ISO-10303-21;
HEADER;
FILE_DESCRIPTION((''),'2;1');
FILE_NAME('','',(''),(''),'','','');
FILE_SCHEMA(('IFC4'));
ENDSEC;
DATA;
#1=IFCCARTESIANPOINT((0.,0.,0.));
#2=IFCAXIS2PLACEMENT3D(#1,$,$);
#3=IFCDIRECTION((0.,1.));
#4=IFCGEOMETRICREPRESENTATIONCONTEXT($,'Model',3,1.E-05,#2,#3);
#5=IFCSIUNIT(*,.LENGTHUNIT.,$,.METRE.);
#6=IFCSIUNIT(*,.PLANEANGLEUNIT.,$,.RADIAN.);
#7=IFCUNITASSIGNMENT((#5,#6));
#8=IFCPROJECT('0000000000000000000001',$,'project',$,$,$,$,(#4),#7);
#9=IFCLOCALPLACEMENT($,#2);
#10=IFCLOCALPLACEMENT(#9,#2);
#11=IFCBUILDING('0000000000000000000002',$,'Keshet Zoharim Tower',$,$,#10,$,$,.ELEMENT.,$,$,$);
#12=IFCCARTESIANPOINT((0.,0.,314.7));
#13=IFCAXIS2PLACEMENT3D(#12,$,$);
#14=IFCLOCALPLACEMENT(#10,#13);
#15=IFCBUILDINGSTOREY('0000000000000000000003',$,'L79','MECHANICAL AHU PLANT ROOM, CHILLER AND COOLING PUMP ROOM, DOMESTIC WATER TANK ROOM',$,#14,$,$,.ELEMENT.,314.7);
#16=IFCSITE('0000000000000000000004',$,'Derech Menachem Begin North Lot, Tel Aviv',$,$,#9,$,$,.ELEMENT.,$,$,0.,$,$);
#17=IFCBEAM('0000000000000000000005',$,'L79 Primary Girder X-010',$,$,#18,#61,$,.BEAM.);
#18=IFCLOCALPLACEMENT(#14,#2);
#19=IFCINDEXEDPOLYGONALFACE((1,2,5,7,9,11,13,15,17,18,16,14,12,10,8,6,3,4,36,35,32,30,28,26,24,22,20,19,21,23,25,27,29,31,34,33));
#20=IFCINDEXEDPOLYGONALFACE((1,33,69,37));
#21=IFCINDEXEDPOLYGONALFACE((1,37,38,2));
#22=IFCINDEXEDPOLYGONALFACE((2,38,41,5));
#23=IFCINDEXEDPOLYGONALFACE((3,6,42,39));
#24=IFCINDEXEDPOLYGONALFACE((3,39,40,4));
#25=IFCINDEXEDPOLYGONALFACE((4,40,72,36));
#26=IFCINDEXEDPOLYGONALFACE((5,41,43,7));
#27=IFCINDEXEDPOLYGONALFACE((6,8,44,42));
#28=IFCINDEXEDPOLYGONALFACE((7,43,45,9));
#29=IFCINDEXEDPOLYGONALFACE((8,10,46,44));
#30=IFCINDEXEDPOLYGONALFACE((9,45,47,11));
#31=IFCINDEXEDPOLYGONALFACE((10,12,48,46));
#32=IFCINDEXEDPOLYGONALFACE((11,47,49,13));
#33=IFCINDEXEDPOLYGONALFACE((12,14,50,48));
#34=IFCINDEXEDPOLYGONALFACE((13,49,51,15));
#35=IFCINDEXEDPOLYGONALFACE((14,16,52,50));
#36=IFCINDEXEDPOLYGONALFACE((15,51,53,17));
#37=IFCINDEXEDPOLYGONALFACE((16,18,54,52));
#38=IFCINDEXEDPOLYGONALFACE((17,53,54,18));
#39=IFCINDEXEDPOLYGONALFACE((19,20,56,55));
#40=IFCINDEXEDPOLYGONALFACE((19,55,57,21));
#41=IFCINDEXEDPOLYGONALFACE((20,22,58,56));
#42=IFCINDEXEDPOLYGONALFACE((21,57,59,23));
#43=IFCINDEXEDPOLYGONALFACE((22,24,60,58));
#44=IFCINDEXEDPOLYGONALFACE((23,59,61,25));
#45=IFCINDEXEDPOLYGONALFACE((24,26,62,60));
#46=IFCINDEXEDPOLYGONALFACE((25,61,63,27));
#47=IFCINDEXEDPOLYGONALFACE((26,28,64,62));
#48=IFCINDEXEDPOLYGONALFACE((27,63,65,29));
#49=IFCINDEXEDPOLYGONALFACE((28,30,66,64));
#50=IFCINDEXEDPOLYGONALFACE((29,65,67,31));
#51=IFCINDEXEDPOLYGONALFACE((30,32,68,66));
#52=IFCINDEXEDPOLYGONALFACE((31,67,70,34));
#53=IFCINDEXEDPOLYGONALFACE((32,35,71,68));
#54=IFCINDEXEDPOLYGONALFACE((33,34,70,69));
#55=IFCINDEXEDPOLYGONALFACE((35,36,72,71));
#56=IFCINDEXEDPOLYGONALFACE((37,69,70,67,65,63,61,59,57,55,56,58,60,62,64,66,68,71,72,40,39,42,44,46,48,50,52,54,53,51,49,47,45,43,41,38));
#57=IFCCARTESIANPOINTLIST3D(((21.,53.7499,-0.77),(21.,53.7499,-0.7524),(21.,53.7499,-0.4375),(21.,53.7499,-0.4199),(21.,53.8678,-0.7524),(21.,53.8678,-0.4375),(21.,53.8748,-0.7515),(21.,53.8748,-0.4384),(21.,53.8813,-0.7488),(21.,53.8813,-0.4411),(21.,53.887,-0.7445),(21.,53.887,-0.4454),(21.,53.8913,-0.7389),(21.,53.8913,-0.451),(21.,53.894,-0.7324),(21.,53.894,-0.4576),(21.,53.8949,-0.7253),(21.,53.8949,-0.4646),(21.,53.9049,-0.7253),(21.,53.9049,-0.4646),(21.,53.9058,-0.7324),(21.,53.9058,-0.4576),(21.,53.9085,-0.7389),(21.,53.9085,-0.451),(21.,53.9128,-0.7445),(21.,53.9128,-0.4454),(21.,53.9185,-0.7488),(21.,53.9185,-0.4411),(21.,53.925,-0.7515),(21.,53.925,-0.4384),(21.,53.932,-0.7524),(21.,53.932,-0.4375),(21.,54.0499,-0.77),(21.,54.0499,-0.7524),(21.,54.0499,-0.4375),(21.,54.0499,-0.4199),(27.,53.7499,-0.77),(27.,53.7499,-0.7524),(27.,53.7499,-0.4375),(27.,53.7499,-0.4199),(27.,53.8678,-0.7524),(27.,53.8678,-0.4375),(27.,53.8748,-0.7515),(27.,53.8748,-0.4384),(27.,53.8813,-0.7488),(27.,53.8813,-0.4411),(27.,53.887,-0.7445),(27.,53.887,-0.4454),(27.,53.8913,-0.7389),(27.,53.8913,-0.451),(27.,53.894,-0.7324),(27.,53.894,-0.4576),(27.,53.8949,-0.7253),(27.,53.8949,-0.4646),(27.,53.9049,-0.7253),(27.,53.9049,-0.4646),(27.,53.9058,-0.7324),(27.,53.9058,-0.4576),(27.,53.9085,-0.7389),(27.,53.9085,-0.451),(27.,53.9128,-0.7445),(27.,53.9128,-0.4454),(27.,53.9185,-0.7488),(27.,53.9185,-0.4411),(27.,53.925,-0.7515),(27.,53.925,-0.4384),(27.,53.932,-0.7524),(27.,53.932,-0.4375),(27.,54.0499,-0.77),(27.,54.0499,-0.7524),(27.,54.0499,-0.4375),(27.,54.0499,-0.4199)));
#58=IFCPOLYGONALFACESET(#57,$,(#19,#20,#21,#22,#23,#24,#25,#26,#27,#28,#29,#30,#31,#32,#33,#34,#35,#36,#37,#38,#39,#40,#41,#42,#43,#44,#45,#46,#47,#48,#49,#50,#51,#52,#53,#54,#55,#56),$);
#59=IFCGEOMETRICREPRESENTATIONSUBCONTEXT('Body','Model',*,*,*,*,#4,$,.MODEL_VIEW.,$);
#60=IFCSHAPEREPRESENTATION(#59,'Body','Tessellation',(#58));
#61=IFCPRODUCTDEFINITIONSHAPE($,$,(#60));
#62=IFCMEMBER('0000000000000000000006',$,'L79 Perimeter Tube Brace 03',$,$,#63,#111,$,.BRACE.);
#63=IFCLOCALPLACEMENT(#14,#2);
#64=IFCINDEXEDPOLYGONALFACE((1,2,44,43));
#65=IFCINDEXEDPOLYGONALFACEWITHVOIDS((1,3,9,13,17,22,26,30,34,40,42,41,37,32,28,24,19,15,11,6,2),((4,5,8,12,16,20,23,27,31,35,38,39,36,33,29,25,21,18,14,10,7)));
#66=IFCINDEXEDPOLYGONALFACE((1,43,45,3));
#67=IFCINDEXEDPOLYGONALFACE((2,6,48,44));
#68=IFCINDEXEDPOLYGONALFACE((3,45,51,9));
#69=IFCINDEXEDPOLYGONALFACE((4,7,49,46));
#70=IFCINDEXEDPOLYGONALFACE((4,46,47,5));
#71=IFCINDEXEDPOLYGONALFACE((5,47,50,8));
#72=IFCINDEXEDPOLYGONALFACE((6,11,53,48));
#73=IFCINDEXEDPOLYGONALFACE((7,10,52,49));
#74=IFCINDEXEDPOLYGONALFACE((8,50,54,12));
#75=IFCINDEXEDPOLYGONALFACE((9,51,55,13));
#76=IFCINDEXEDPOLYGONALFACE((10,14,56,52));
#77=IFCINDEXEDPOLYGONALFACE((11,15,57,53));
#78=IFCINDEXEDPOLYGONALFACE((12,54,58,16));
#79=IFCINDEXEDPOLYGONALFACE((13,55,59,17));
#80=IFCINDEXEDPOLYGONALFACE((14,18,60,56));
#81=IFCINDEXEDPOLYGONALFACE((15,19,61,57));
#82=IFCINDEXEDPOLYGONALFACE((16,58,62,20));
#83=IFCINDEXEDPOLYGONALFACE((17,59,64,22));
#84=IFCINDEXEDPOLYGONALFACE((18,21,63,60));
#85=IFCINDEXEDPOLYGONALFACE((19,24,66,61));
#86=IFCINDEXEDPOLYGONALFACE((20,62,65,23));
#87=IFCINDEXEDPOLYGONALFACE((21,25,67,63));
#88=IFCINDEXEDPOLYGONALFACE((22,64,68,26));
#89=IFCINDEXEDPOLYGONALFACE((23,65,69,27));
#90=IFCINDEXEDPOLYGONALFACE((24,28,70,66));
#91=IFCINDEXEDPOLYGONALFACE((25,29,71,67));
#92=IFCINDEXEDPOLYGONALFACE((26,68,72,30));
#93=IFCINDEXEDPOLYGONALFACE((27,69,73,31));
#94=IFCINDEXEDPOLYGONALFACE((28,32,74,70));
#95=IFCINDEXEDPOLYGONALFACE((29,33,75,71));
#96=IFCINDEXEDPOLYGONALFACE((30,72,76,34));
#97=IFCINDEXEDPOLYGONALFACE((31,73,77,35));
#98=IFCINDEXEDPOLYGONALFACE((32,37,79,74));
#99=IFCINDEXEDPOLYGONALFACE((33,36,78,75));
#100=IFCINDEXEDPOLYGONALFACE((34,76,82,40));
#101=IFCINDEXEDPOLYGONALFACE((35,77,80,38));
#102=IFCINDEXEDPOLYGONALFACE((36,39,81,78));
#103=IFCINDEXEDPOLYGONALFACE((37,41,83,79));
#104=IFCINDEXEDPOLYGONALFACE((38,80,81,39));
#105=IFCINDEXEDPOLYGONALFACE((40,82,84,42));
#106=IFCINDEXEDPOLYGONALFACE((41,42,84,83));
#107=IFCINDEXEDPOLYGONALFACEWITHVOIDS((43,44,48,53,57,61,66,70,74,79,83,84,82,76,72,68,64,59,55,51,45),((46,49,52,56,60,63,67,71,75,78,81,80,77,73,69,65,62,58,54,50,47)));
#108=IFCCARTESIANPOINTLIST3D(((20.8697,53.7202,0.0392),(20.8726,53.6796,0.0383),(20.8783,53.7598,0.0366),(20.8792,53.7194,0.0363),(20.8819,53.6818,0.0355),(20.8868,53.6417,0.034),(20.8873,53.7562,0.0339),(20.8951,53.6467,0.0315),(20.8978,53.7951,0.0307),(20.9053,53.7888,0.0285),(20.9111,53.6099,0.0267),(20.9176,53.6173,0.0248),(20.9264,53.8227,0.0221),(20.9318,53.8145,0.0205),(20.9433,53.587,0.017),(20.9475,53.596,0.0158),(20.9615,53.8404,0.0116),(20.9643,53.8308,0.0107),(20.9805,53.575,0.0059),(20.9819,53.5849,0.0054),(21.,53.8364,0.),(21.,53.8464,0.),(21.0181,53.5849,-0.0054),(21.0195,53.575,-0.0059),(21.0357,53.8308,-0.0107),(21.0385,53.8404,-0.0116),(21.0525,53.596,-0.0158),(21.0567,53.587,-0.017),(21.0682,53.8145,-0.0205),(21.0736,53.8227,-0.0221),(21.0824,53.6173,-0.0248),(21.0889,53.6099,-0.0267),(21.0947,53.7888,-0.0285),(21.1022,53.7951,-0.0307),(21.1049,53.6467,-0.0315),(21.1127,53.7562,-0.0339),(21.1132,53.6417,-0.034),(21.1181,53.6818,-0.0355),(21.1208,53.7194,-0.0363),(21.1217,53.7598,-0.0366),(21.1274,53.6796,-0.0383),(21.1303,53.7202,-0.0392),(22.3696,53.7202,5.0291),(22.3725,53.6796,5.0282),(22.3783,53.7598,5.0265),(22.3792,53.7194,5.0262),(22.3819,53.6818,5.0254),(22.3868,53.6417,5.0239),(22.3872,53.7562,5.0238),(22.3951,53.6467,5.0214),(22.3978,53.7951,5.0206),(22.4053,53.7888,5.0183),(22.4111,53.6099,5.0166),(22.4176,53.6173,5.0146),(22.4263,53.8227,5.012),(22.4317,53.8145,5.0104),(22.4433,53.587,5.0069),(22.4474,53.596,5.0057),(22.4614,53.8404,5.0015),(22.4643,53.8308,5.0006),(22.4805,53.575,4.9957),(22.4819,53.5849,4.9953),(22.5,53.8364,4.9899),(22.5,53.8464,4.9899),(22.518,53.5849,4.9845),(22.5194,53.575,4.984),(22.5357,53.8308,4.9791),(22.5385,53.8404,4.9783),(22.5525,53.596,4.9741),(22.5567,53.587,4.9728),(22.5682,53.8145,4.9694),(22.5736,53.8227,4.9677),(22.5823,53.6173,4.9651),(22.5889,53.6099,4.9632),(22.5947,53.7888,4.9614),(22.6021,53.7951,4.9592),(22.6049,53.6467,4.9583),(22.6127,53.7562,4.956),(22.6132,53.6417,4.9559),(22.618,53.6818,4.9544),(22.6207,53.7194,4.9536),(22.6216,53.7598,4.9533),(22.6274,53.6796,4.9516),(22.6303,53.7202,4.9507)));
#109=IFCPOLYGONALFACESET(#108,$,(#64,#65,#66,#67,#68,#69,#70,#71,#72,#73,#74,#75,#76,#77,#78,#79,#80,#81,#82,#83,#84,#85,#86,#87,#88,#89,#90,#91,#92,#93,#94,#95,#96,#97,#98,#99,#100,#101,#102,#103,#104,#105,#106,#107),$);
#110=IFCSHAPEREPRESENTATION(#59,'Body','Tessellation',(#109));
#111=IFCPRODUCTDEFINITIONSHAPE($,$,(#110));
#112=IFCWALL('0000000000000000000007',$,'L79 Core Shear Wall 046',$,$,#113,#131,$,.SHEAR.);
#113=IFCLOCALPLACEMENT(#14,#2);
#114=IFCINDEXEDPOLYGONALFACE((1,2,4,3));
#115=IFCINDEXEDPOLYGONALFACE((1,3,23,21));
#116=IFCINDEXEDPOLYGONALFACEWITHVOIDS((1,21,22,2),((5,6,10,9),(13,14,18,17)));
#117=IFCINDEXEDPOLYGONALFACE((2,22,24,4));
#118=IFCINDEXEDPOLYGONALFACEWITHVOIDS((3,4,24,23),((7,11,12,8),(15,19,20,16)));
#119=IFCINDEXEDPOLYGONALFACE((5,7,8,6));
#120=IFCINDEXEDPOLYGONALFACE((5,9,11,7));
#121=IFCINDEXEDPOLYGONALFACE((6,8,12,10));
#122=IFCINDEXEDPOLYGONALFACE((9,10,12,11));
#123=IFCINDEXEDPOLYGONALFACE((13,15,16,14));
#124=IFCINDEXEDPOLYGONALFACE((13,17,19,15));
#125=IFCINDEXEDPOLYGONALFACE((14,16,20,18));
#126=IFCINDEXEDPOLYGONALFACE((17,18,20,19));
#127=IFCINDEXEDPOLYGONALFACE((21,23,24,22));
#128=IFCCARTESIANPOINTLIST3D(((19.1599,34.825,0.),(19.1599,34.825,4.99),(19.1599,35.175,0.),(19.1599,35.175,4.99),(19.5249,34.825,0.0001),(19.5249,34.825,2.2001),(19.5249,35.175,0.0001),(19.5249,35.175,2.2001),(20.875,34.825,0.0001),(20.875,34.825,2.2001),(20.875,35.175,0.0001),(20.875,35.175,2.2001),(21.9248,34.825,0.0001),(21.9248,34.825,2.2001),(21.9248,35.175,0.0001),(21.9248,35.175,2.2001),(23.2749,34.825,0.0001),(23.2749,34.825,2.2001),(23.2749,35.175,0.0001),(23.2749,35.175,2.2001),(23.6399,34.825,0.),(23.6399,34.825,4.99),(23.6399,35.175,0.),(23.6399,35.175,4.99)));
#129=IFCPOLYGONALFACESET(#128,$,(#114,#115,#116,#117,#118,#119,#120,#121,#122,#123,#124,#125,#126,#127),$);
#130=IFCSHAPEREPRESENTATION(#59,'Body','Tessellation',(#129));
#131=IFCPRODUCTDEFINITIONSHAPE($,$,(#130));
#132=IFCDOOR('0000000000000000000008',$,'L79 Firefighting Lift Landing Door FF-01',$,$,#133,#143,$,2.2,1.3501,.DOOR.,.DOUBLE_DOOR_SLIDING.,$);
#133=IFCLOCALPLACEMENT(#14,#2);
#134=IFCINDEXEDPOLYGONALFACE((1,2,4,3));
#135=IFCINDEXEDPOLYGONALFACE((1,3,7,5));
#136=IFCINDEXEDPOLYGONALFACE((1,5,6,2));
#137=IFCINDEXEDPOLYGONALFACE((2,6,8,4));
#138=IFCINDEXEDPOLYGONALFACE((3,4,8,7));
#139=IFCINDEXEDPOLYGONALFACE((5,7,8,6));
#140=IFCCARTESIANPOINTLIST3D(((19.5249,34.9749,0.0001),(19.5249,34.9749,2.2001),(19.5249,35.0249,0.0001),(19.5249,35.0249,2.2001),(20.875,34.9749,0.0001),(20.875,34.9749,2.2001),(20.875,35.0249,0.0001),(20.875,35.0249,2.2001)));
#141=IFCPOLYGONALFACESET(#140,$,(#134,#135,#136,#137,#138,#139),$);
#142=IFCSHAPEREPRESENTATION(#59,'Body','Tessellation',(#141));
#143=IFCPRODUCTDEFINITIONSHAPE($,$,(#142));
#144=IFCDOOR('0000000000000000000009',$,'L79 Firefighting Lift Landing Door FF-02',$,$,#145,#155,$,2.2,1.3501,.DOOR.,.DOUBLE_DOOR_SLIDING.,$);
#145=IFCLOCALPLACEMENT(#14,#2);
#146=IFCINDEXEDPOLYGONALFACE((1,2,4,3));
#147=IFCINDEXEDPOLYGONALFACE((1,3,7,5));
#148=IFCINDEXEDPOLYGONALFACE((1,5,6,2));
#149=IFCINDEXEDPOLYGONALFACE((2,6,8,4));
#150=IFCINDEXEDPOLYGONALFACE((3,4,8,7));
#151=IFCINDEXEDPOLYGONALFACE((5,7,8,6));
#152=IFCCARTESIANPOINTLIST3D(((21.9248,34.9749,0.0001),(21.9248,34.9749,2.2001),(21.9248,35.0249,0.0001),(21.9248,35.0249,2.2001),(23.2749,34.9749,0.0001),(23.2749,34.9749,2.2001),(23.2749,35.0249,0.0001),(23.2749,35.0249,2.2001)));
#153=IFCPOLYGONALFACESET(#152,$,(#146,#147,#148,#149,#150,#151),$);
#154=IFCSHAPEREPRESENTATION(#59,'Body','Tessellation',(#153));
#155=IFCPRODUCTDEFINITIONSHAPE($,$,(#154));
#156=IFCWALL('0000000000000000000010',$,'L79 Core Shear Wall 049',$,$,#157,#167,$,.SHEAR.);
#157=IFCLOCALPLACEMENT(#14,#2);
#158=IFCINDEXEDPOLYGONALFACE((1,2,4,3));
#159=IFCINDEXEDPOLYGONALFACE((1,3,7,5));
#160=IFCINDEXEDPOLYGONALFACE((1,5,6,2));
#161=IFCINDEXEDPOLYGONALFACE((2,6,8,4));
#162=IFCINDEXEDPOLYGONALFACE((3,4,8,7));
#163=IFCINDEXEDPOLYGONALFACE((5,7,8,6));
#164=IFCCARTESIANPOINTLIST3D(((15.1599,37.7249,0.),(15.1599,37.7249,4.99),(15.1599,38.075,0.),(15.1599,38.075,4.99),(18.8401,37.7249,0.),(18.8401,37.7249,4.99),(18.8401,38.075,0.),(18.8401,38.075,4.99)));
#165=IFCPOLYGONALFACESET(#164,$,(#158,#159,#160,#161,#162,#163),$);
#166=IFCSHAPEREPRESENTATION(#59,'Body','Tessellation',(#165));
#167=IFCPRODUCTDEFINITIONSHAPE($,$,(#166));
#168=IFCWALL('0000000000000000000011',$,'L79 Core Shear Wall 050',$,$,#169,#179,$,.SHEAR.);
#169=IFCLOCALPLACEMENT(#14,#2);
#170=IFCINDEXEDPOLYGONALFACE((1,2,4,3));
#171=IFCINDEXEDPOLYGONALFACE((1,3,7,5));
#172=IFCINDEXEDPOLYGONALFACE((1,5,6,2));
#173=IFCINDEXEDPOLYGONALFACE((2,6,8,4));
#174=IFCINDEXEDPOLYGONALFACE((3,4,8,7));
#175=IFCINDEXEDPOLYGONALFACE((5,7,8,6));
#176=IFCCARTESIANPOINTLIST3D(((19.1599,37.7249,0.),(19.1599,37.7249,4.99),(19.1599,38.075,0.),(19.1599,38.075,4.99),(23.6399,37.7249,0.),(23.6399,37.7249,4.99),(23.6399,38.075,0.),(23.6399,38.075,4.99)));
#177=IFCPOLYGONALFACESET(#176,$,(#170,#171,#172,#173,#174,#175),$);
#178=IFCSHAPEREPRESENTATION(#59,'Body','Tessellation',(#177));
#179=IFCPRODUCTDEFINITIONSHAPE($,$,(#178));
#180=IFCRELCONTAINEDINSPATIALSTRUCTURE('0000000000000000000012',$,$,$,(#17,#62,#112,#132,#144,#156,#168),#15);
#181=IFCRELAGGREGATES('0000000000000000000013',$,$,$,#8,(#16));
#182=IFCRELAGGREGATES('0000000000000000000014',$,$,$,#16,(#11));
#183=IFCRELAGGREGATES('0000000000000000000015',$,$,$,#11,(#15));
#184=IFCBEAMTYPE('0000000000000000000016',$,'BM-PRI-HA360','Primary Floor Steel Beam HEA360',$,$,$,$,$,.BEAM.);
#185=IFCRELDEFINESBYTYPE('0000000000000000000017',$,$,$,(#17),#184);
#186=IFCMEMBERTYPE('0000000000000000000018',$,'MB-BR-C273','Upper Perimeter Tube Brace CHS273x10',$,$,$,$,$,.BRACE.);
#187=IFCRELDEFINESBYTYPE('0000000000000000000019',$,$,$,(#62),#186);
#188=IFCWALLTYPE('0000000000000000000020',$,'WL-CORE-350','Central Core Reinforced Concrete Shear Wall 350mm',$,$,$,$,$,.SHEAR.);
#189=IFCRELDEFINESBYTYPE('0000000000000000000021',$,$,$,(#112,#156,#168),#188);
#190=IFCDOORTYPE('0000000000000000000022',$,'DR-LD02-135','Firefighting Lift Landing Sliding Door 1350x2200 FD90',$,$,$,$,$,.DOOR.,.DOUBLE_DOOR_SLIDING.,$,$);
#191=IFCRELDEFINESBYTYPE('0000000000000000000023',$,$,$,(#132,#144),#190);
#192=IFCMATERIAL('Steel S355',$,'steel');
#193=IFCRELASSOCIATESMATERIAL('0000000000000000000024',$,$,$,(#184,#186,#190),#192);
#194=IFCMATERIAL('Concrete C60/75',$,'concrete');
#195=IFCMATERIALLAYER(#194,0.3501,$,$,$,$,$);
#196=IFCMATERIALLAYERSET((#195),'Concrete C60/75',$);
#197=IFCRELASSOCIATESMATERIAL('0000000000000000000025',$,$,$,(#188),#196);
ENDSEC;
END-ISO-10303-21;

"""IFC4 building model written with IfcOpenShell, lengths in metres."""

from ifc_helpers import new_model, si_unit, direction, frame, frame_2d, origin, origin_2d, place, context, subcontext, project, spatial, rectangle, hollow_circle, i_section, extrude, material, layer, layer_set, material_profile, profile_set, type_object, element, fill, save


model = new_model("IFC4")

# Units and contexts
model_context = context("Model", 3, precision=1e-05, world=origin(), true_north=direction((0.0, 1.0)))
body_context = subcontext(model_context, "Body", "Model", "MODEL_VIEW")
ifc_project = project(units=[si_unit("LENGTHUNIT", "METRE"), si_unit("PLANEANGLEUNIT", "RADIAN")], contexts=[model_context])

# Site, building, storey
site_placement = place(None, origin())
site = spatial("IfcSite", under=ifc_project, at=site_placement, Name="Derech Menachem Begin North Lot, Tel Aviv", CompositionType="ELEMENT", RefElevation=0.0)
building_placement = place(site_placement, origin())
building = spatial("IfcBuilding", under=site, at=building_placement, Name="Keshet Zoharim Tower", CompositionType="ELEMENT")
storey_placement = place(building_placement, frame((0.0, 0.0, 314.7)))
storey = spatial("IfcBuildingStorey", under=building, at=storey_placement, Name="L79", Description="MECHANICAL AHU PLANT ROOM, CHILLER AND COOLING PUMP ROOM, DOMESTIC WATER TANK ROOM", CompositionType="ELEMENT", Elevation=314.7)

# Shared definitions
ifc_material_1 = material(Name="Steel S355", Category="steel")

# Beam
ifc_material_profile_1 = material_profile(ifc_material_1, i_section(OverallWidth=0.3, OverallDepth=0.3501, WebThickness=0.01, FlangeThickness=0.0176, FilletRadius=0.0271, at=origin_2d()), Name="HEA360")
ifc_profile_set_1 = profile_set([ifc_material_profile_1], Name="Steel S355")
beam_type_1 = type_object("IfcBeamType", Name="BM-PRI-HA360", Description="Primary Floor Steel Beam HEA360", PredefinedType="BEAM", material=ifc_profile_set_1)
for number, where, z_axis, x_axis, name in (
    (1, (21.0, 53.8999, -0.595), (1.0, 0.0, 0.0), (0.0, 1.0, 0.0), "L79 Primary Girder X-010"),
):
    element("IfcBeam", number, at=place(storey_placement, frame(where, z_axis=z_axis, x_axis=x_axis)), inside=storey, type_object=beam_type_1, Name=name, PredefinedType="BEAM", context=body_context, shape_type="SweptSolid", body=[
        extrude(i_section(OverallWidth=0.3, OverallDepth=0.3501, WebThickness=0.01, FlangeThickness=0.0176, FilletRadius=0.0271, at=origin_2d()), origin(), (0.0, 0.0, 1.0), 6.0),
    ])

# Member
ifc_material_profile_2 = material_profile(ifc_material_1, hollow_circle(Radius=0.1365, WallThickness=0.01, at=origin_2d()), Name="CHS273x10")
ifc_profile_set_2 = profile_set([ifc_material_profile_2], Name="Steel S355")
member_type = type_object("IfcMemberType", Name="MB-BR-C273", Description="Upper Perimeter Tube Brace CHS273x10", PredefinedType="BRACE", material=ifc_profile_set_2)
member_placement = place(storey_placement, frame((21.0, 53.71, 0.0), z_axis=(0.287877, 0.0, 0.957668), x_axis=(0.0, 1.0, 0.0)))
element("IfcMember", 2, at=member_placement, inside=storey, type_object=member_type, Name="L79 Perimeter Tube Brace 03", PredefinedType="BRACE", context=body_context, shape_type="SweptSolid", body=[
    extrude(hollow_circle(Radius=0.1365, WallThickness=0.01, at=origin_2d()), origin(), (0.0, 0.0, 1.0), 5.2104),
])

# Wall, openings, doors
ifc_material_2 = material(Name="Concrete C60/75", Category="concrete")
ifc_layer_1 = layer(ifc_material_2, 0.3501)
ifc_layer_set_1 = layer_set([ifc_layer_1], Name="Concrete C60/75")
wall_type_1 = type_object("IfcWallType", Name="WL-CORE-350", Description="Central Core Reinforced Concrete Shear Wall 350mm", PredefinedType="SHEAR", material=ifc_layer_set_1)
wall_1_placement = place(storey_placement, frame((19.1599, 35.0, 0.0), z_axis=(0.0, 0.0, 1.0), x_axis=(1.0, 0.0, 0.0)))
wall_1 = element("IfcWall", 3, at=wall_1_placement, inside=storey, type_object=wall_type_1, Name="L79 Core Shear Wall 046", PredefinedType="SHEAR", context=body_context, shape_type="SweptSolid", body=[
    extrude(rectangle(XDim=4.48, YDim=0.3501, at=frame_2d((2.24, 0.0))), origin(), (0.0, 0.0, 1.0), 4.99),
])
opening_1_placement = place(wall_1_placement, frame((0.365, 0.0, 0.0)))
opening_1 = element("IfcOpeningElement", 4, at=opening_1_placement, cuts=wall_1, PredefinedType="OPENING", context=body_context, shape_type="SweptSolid", body=[
    extrude(rectangle(XDim=1.3501, YDim=2.2, at=frame_2d((0.675, 1.1001))), frame((0.0, 0.1851, 0.0), z_axis=(0.0, -1.0, 0.0), x_axis=(1.0, 0.0, 0.0)), (0.0, 0.0, 1.0), 0.3701),
])
opening_2_placement = place(wall_1_placement, frame((2.7649, 0.0, 0.0)))
opening_2 = element("IfcOpeningElement", 5, at=opening_2_placement, cuts=wall_1, PredefinedType="OPENING", context=body_context, shape_type="SweptSolid", body=[
    extrude(rectangle(XDim=1.3501, YDim=2.2, at=frame_2d((0.675, 1.1001))), frame((0.0, 0.1851, 0.0), z_axis=(0.0, -1.0, 0.0), x_axis=(1.0, 0.0, 0.0)), (0.0, 0.0, 1.0), 0.3701),
])
door_type_1 = type_object("IfcDoorType", Name="DR-LD02-135", Description="Firefighting Lift Landing Sliding Door 1350x2200 FD90", OperationType="DOUBLE_DOOR_SLIDING", PredefinedType="DOOR", material=ifc_material_1)
door_1_placement = place(opening_1_placement, origin())
door_1 = element("IfcDoor", 6, at=door_1_placement, inside=storey, type_object=door_type_1, Name="L79 Firefighting Lift Landing Door FF-01", OperationType="DOUBLE_DOOR_SLIDING", OverallHeight=2.2, OverallWidth=1.3501, PredefinedType="DOOR", context=body_context, shape_type="SweptSolid", body=[
    extrude(rectangle(XDim=1.3501, YDim=2.2, at=frame_2d((0.675, 1.1001))), frame((0.0, 0.0249, 0.0), z_axis=(0.0, -1.0, 0.0), x_axis=(1.0, 0.0, 0.0)), (0.0, 0.0, 1.0), 0.05),
])
fill(opening_1, door_1)
door_2_placement = place(opening_2_placement, origin())
door_2 = element("IfcDoor", 7, at=door_2_placement, inside=storey, type_object=door_type_1, Name="L79 Firefighting Lift Landing Door FF-02", OperationType="DOUBLE_DOOR_SLIDING", OverallHeight=2.2, OverallWidth=1.3501, PredefinedType="DOOR", context=body_context, shape_type="SweptSolid", body=[
    extrude(rectangle(XDim=1.3501, YDim=2.2, at=frame_2d((0.675, 1.1001))), frame((0.0, 0.0249, 0.0), z_axis=(0.0, -1.0, 0.0), x_axis=(1.0, 0.0, 0.0)), (0.0, 0.0, 1.0), 0.05),
])
fill(opening_2, door_2)

# Walls
wall_2_placement = place(storey_placement, frame((15.1599, 37.8999, 0.0), z_axis=(0.0, 0.0, 1.0), x_axis=(1.0, 0.0, 0.0)))
element("IfcWall", 8, at=wall_2_placement, inside=storey, type_object=wall_type_1, Name="L79 Core Shear Wall 049", PredefinedType="SHEAR", context=body_context, shape_type="SweptSolid", body=[
    extrude(rectangle(XDim=3.6802, YDim=0.3501, at=frame_2d((1.8401, 0.0))), origin(), (0.0, 0.0, 1.0), 4.99),
])
wall_3_placement = place(storey_placement, frame((19.1599, 37.8999, 0.0), z_axis=(0.0, 0.0, 1.0), x_axis=(1.0, 0.0, 0.0)))
element("IfcWall", 9, at=wall_3_placement, inside=storey, type_object=wall_type_1, Name="L79 Core Shear Wall 050", PredefinedType="SHEAR", context=body_context, shape_type="SweptSolid", body=[
    extrude(rectangle(XDim=4.48, YDim=0.3501, at=frame_2d((2.24, 0.0))), origin(), (0.0, 0.0, 1.0), 4.99),
])

save(model, "model.ifc")
